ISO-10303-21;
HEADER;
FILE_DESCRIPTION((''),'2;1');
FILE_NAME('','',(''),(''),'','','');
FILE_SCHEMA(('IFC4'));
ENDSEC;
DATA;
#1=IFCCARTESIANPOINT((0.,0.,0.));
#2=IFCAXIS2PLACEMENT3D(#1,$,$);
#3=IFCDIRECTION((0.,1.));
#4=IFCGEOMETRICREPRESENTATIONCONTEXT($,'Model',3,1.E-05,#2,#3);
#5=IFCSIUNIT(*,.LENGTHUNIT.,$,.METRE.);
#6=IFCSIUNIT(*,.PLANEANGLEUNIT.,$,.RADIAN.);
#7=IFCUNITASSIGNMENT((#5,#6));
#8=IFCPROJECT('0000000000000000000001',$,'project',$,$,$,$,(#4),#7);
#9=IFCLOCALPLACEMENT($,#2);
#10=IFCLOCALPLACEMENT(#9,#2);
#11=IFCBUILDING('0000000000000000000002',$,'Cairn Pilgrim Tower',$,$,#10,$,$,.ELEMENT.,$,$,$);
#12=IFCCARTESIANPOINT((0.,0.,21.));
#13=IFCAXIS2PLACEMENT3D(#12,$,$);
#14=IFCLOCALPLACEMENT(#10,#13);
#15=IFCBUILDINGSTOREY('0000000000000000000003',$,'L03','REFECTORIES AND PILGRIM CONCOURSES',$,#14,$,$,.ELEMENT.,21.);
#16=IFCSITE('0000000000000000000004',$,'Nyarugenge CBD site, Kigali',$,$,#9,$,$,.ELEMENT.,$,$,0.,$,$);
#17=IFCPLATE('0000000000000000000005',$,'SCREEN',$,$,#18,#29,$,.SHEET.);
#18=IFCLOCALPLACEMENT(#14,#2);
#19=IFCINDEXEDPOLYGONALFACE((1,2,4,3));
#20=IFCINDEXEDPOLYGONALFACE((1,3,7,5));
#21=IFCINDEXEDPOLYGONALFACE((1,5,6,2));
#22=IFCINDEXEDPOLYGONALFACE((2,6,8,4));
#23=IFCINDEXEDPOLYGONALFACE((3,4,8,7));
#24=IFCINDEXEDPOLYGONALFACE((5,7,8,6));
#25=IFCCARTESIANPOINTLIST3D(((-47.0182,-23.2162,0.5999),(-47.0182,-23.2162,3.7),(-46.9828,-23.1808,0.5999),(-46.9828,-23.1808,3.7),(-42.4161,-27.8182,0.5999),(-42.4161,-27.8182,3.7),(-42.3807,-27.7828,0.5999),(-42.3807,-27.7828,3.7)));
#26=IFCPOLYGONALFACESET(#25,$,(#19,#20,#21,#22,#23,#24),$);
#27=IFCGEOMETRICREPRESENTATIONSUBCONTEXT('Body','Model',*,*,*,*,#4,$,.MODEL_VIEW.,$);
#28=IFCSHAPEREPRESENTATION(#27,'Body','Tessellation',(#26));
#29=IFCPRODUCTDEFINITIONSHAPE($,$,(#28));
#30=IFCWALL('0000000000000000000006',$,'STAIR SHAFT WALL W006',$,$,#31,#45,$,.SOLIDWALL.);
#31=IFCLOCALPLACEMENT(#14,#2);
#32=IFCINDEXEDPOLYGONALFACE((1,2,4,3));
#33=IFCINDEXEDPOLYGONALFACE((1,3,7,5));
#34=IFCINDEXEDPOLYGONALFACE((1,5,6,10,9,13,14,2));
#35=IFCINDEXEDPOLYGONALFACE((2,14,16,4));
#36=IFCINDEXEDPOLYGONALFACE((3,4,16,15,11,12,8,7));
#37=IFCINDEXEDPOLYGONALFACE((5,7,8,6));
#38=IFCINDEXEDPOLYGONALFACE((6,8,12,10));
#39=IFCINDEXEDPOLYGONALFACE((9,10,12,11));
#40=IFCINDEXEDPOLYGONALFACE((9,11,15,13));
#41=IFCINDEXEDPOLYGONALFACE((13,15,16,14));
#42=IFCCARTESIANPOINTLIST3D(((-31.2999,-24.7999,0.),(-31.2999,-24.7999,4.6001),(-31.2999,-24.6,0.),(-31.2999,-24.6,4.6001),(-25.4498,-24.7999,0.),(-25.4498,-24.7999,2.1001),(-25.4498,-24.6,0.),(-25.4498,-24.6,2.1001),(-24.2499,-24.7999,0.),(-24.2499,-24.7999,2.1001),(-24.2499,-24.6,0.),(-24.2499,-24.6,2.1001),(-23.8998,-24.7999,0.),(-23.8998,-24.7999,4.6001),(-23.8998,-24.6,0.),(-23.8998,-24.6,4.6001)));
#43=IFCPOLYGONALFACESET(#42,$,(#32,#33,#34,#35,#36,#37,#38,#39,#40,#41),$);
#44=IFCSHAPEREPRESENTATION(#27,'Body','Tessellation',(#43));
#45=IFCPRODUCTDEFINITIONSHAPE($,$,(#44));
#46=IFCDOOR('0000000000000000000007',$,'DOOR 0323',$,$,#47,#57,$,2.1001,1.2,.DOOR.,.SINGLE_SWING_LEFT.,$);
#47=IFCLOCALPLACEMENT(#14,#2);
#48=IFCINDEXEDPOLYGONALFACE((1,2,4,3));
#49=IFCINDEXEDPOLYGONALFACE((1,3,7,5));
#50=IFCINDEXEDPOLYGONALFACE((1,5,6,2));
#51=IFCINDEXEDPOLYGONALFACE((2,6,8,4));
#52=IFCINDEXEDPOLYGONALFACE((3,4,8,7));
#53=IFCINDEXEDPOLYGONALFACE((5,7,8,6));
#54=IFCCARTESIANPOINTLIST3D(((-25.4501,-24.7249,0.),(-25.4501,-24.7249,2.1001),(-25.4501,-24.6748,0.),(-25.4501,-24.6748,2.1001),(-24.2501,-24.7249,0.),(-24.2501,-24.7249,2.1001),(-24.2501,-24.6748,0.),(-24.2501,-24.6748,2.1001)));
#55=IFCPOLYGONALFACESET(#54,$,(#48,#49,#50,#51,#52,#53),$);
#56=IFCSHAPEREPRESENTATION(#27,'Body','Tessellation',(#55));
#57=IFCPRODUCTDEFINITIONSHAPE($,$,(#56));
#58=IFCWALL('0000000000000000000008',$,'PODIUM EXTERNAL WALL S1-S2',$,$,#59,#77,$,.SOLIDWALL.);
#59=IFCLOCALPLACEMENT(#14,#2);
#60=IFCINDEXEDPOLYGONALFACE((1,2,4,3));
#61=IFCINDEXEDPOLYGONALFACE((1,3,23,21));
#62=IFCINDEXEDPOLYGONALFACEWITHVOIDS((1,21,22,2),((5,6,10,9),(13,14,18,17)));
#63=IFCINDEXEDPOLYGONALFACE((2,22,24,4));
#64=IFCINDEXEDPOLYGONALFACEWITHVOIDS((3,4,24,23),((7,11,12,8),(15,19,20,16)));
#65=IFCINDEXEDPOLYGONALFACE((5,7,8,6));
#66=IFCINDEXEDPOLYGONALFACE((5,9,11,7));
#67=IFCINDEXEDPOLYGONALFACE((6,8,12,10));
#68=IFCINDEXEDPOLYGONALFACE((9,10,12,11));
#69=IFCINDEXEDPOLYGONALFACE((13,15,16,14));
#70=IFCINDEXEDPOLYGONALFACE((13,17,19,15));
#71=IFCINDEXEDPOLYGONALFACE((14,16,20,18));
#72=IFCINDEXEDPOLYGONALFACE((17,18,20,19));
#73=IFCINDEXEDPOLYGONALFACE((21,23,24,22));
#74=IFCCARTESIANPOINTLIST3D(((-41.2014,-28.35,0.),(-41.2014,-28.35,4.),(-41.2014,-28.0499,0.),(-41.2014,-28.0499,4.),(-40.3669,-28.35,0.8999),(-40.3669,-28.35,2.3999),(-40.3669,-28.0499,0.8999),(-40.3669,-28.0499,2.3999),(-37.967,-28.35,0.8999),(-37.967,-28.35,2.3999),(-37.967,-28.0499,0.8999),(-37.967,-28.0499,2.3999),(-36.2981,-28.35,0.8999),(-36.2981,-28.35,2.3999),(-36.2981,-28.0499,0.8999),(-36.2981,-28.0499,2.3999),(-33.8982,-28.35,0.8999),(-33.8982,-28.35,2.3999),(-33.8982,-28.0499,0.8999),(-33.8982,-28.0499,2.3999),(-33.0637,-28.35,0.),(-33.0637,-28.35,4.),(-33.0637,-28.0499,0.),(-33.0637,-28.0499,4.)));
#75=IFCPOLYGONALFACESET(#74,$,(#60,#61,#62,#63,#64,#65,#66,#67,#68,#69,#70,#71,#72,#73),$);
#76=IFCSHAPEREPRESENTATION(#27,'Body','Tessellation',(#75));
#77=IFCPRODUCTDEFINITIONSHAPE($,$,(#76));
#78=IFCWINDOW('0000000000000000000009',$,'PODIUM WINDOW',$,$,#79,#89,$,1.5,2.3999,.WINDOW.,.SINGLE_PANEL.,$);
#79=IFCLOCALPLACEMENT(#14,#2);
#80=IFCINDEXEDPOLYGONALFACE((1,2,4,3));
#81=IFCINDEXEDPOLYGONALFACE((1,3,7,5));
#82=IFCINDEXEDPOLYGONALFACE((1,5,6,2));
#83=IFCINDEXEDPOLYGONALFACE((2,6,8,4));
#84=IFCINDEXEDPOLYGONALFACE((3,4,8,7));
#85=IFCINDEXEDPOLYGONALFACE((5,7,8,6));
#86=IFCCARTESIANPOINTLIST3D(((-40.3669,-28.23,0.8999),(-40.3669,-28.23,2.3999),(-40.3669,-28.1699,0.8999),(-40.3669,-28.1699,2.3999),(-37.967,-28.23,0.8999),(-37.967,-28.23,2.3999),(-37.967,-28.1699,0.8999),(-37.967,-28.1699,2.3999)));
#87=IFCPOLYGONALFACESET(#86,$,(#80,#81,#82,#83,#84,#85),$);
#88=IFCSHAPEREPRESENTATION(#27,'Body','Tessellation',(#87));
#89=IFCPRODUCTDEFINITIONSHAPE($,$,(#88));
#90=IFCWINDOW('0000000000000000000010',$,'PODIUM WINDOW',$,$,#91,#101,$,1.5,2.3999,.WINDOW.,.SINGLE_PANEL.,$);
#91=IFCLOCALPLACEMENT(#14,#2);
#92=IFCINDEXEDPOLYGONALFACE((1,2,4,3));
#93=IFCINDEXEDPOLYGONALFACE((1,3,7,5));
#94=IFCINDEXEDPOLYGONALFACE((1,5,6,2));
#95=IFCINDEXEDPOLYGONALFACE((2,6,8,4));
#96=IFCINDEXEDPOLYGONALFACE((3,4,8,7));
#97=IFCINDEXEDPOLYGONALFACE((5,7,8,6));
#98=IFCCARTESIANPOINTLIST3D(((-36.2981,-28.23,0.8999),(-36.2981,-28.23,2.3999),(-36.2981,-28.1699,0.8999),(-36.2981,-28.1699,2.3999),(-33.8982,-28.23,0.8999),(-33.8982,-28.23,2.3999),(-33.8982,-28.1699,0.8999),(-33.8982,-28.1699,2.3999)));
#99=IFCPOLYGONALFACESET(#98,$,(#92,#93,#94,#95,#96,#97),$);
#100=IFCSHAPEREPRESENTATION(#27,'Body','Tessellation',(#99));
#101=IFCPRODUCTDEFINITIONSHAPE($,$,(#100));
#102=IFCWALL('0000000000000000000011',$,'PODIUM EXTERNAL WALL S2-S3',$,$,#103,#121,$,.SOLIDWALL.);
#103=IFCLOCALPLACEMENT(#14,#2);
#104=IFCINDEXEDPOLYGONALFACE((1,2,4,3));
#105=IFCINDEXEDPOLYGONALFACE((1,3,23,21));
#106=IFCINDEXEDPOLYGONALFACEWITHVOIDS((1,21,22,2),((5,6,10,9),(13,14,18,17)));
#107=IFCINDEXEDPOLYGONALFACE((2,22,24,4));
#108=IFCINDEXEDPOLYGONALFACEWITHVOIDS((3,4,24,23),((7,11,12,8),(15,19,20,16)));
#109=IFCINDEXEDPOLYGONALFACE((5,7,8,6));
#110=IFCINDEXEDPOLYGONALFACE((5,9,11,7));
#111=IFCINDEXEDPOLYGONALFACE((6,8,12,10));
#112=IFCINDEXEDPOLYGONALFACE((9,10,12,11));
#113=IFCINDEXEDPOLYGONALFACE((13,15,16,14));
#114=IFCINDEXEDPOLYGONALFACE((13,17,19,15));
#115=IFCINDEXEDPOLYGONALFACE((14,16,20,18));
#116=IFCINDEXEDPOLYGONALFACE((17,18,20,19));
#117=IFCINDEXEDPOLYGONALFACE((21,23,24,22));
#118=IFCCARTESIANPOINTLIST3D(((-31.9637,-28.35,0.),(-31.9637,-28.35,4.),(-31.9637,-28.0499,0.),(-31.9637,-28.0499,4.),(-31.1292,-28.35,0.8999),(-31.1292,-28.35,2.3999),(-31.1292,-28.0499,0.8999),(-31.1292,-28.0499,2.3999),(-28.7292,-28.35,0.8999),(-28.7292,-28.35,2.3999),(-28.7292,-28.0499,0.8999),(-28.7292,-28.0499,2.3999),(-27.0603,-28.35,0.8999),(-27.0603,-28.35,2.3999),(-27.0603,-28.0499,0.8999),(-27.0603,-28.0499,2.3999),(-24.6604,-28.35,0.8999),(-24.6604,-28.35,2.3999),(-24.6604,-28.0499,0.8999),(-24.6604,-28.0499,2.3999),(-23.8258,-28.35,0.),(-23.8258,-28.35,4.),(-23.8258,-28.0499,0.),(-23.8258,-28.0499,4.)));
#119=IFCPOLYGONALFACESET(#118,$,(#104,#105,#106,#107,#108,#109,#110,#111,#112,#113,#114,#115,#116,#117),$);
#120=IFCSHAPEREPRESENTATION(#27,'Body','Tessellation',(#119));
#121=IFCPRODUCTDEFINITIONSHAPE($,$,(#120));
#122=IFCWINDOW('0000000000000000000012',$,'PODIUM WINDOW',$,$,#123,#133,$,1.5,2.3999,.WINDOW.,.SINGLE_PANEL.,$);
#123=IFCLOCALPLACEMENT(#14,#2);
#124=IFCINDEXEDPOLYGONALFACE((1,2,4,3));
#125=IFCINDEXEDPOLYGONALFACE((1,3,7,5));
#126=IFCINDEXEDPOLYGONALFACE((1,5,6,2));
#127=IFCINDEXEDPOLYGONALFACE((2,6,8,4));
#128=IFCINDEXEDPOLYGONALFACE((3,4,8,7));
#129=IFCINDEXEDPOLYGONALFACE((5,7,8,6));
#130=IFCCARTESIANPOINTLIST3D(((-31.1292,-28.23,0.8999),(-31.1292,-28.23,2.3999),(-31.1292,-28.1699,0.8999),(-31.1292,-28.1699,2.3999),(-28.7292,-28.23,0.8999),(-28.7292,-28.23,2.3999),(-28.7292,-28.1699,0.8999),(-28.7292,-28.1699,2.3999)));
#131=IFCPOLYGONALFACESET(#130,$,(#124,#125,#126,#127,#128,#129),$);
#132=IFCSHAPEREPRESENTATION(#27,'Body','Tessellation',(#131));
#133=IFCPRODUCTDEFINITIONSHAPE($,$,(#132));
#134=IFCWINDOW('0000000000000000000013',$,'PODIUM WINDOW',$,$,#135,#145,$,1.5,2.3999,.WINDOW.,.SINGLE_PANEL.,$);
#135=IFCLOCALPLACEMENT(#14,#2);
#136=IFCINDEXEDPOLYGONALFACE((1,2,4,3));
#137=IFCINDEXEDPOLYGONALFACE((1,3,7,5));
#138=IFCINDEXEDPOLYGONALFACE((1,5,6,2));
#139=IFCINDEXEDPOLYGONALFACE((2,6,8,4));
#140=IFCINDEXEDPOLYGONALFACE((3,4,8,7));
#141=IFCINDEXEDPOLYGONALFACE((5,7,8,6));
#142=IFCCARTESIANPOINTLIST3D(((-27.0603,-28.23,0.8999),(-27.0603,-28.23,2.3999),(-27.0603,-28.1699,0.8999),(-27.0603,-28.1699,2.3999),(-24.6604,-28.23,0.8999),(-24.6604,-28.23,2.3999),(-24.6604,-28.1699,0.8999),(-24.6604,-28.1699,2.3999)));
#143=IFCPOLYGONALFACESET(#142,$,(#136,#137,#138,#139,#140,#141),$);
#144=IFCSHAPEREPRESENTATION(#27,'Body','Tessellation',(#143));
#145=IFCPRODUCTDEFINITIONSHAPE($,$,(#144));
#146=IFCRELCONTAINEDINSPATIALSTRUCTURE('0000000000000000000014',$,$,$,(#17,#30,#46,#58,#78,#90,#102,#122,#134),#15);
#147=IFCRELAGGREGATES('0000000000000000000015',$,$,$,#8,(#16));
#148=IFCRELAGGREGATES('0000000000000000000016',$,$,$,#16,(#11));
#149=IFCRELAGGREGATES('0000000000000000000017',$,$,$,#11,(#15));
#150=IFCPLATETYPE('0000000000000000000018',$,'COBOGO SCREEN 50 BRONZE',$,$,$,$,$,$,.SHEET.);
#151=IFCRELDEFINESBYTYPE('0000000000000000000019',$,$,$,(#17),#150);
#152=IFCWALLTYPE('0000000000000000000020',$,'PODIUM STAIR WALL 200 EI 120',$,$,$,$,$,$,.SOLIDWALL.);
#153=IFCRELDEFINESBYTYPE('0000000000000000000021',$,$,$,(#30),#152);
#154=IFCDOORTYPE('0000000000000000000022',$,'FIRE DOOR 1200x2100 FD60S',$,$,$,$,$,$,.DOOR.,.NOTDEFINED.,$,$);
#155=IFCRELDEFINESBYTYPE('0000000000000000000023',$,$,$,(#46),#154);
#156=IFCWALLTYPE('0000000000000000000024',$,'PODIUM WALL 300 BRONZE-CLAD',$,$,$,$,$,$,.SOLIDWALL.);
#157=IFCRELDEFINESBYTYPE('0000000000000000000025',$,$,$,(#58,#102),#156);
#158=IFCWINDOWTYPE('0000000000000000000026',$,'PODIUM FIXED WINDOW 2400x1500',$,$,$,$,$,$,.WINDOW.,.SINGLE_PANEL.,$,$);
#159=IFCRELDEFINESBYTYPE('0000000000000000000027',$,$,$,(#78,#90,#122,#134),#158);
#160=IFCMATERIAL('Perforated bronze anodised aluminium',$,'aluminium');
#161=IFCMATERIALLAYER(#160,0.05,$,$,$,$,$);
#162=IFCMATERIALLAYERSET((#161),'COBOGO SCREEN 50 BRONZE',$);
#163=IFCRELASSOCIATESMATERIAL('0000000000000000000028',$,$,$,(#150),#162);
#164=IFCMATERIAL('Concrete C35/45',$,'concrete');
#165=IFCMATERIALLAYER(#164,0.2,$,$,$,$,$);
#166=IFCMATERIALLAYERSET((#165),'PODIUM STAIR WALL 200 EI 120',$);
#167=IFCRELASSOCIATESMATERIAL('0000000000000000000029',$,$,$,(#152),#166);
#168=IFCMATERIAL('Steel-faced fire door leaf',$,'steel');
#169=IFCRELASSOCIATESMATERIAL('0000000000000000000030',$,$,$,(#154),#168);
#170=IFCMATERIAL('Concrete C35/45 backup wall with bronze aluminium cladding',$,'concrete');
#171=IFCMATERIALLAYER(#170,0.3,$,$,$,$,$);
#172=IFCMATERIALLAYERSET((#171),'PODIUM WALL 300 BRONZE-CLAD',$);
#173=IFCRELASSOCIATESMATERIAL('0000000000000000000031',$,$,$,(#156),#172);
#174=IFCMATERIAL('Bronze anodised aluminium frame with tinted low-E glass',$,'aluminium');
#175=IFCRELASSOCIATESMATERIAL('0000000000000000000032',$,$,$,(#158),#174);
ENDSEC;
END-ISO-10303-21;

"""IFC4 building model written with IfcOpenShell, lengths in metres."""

from ifc_helpers import new_model, si_unit, direction, frame, frame_2d, origin, origin_2d, place, context, subcontext, project, spatial, rectangle, extrude, material, layer, layer_set, type_object, element, fill, save


model = new_model("IFC4")

# Units and contexts
model_context = context("Model", 3, precision=1e-05, world=origin(), true_north=direction((0.0, 1.0)))
body_context = subcontext(model_context, "Body", "Model", "MODEL_VIEW")
ifc_project = project(units=[si_unit("LENGTHUNIT", "METRE"), si_unit("PLANEANGLEUNIT", "RADIAN")], contexts=[model_context])

# Site, building, storey
site_placement = place(None, origin())
site = spatial("IfcSite", under=ifc_project, at=site_placement, Name="Nyarugenge CBD site, Kigali", CompositionType="ELEMENT", RefElevation=0.0)
building_placement = place(site_placement, origin())
building = spatial("IfcBuilding", under=site, at=building_placement, Name="Cairn Pilgrim Tower", CompositionType="ELEMENT")
storey_placement = place(building_placement, frame((0.0, 0.0, 21.0)))
storey = spatial("IfcBuildingStorey", under=building, at=storey_placement, Name="L03", Description="REFECTORIES AND PILGRIM CONCOURSES", CompositionType="ELEMENT", Elevation=21.0)

# Plate
ifc_material_1 = material(Name="Perforated bronze anodised aluminium", Category="aluminium")
ifc_layer_1 = layer(ifc_material_1, 0.05)
ifc_layer_set_1 = layer_set([ifc_layer_1], Name="COBOGO SCREEN 50 BRONZE")
plate_type_1 = type_object("IfcPlateType", Name="COBOGO SCREEN 50 BRONZE", PredefinedType="SHEET", material=ifc_layer_set_1)
plate_1_placement = place(storey_placement, frame((-44.6995, -25.4995, 0.5999), z_axis=(0.0, 0.0, 1.0), x_axis=(0.707107, -0.707107, 0.0)))
element("IfcPlate", 1, at=plate_1_placement, inside=storey, type_object=plate_type_1, Name="SCREEN", PredefinedType="SHEET", context=body_context, shape_type="SweptSolid", body=[
    extrude(rectangle(XDim=6.5083, YDim=0.05, at=origin_2d()), origin(), (0.0, 0.0, 1.0), 3.1001),
])

# Wall, opening, door
ifc_material_2 = material(Name="Concrete C35/45", Category="concrete")
ifc_layer_2 = layer(ifc_material_2, 0.2)
ifc_layer_set_2 = layer_set([ifc_layer_2], Name="PODIUM STAIR WALL 200 EI 120")
wall_type_1 = type_object("IfcWallType", Name="PODIUM STAIR WALL 200 EI 120", PredefinedType="SOLIDWALL", material=ifc_layer_set_2)
wall_1_placement = place(storey_placement, frame((-31.3, -24.7, 0.0), z_axis=(0.0, 0.0, 1.0), x_axis=(1.0, 0.0, 0.0)))
wall_1 = element("IfcWall", 2, at=wall_1_placement, inside=storey, type_object=wall_type_1, Name="STAIR SHAFT WALL W006", PredefinedType="SOLIDWALL", context=body_context, shape_type="SweptSolid", body=[
    extrude(rectangle(XDim=7.4001, YDim=0.2, at=frame_2d((3.7002, 0.0))), origin(), (0.0, 0.0, 1.0), 4.6001),
])
opening_1_placement = place(wall_1_placement, frame((5.8501, 0.0, 0.0)))
opening_1 = element("IfcOpeningElement", 3, at=opening_1_placement, cuts=wall_1, PredefinedType="OPENING", context=body_context, shape_type="SweptSolid", body=[
    extrude(rectangle(XDim=1.2, YDim=2.1001, at=frame_2d((0.6001, 1.05))), frame((0.0, 0.1099, 0.0), z_axis=(0.0, -1.0, 0.0), x_axis=(1.0, 0.0, 0.0)), (0.0, 0.0, 1.0), 0.22),
])
ifc_material_3 = material(Name="Steel-faced fire door leaf", Category="steel")
door_type = type_object("IfcDoorType", Name="FIRE DOOR 1200x2100 FD60S", OperationType="NOTDEFINED", PredefinedType="DOOR", material=ifc_material_3)
door_placement = place(opening_1_placement, frame((1.2, 0.0, 0.0), z_axis=(0.0, 0.0, 1.0), x_axis=(-1.0, 0.0, 0.0)))
door = element("IfcDoor", 4, at=door_placement, inside=storey, type_object=door_type, Name="DOOR 0323", OperationType="SINGLE_SWING_LEFT", OverallHeight=2.1001, OverallWidth=1.2, PredefinedType="DOOR", context=body_context, shape_type="SweptSolid", body=[
    extrude(rectangle(XDim=1.2, YDim=2.1001, at=frame_2d((0.6001, 1.05))), frame((0.0, 0.0249, 0.0), z_axis=(0.0, -1.0, 0.0), x_axis=(1.0, 0.0, 0.0)), (0.0, 0.0, 1.0), 0.05),
])
fill(opening_1, door)

# Walls, openings, windows
ifc_material_4 = material(Name="Concrete C35/45 backup wall with bronze aluminium cladding", Category="concrete")
ifc_layer_3 = layer(ifc_material_4, 0.3)
ifc_layer_set_3 = layer_set([ifc_layer_3], Name="PODIUM WALL 300 BRONZE-CLAD")
wall_type_2 = type_object("IfcWallType", Name="PODIUM WALL 300 BRONZE-CLAD", PredefinedType="SOLIDWALL", material=ifc_layer_set_3)
wall_2_placement = place(storey_placement, frame((-41.2014, -28.2, 0.0), z_axis=(0.0, 0.0, 1.0), x_axis=(1.0, 0.0, 0.0)))
wall_2 = element("IfcWall", 5, at=wall_2_placement, inside=storey, type_object=wall_type_2, Name="PODIUM EXTERNAL WALL S1-S2", PredefinedType="SOLIDWALL", context=body_context, shape_type="SweptSolid", body=[
    extrude(rectangle(XDim=8.1377, YDim=0.3, at=frame_2d((4.0688, 0.0))), origin(), (0.0, 0.0, 1.0), 4.0),
])
opening_2_placement = place(wall_2_placement, frame((0.8345, 0.0, 0.8999)))
opening_2 = element("IfcOpeningElement", 6, at=opening_2_placement, cuts=wall_2, PredefinedType="OPENING", context=body_context, shape_type="SweptSolid", body=[
    extrude(rectangle(XDim=2.3999, YDim=1.5, at=frame_2d((1.2, 0.75))), frame((0.0, 0.1602, 0.0), z_axis=(0.0, -1.0, 0.0), x_axis=(1.0, 0.0, 0.0)), (0.0, 0.0, 1.0), 0.3201),
])
opening_3_placement = place(wall_2_placement, frame((4.9033, 0.0, 0.8999)))
opening_3 = element("IfcOpeningElement", 7, at=opening_3_placement, cuts=wall_2, PredefinedType="OPENING", context=body_context, shape_type="SweptSolid", body=[
    extrude(rectangle(XDim=2.3999, YDim=1.5, at=frame_2d((1.2, 0.75))), frame((0.0, 0.1602, 0.0), z_axis=(0.0, -1.0, 0.0), x_axis=(1.0, 0.0, 0.0)), (0.0, 0.0, 1.0), 0.3201),
])
ifc_material_5 = material(Name="Bronze anodised aluminium frame with tinted low-E glass", Category="aluminium")
window_type = type_object("IfcWindowType", Name="PODIUM FIXED WINDOW 2400x1500", PartitioningType="SINGLE_PANEL", PredefinedType="WINDOW", material=ifc_material_5)
window_1_placement = place(opening_2_placement, origin())
window_1 = element("IfcWindow", 8, at=window_1_placement, inside=storey, type_object=window_type, Name="PODIUM WINDOW", OverallHeight=1.5, OverallWidth=2.3999, PartitioningType="SINGLE_PANEL", PredefinedType="WINDOW", context=body_context, shape_type="SweptSolid", body=[
    extrude(rectangle(XDim=2.3999, YDim=1.5, at=frame_2d((1.2, 0.75))), frame((0.0, 0.03, 0.0), z_axis=(0.0, -1.0, 0.0), x_axis=(1.0, 0.0, 0.0)), (0.0, 0.0, 1.0), 0.0601),
])
fill(opening_2, window_1)
window_2_placement = place(opening_3_placement, origin())
window_2 = element("IfcWindow", 9, at=window_2_placement, inside=storey, type_object=window_type, Name="PODIUM WINDOW", OverallHeight=1.5, OverallWidth=2.3999, PartitioningType="SINGLE_PANEL", PredefinedType="WINDOW", context=body_context, shape_type="SweptSolid", body=[
    extrude(rectangle(XDim=2.3999, YDim=1.5, at=frame_2d((1.2, 0.75))), frame((0.0, 0.03, 0.0), z_axis=(0.0, -1.0, 0.0), x_axis=(1.0, 0.0, 0.0)), (0.0, 0.0, 1.0), 0.0601),
])
fill(opening_3, window_2)
wall_3_placement = place(storey_placement, frame((-31.9636, -28.2, 0.0), z_axis=(0.0, 0.0, 1.0), x_axis=(1.0, 0.0, 0.0)))
wall_3 = element("IfcWall", 10, at=wall_3_placement, inside=storey, type_object=wall_type_2, Name="PODIUM EXTERNAL WALL S2-S3", PredefinedType="SOLIDWALL", context=body_context, shape_type="SweptSolid", body=[
    extrude(rectangle(XDim=8.1379, YDim=0.3, at=frame_2d((4.0688, 0.0))), origin(), (0.0, 0.0, 1.0), 4.0),
])
opening_4_placement = place(wall_3_placement, frame((0.8345, 0.0, 0.8999)))
opening_4 = element("IfcOpeningElement", 11, at=opening_4_placement, cuts=wall_3, PredefinedType="OPENING", context=body_context, shape_type="SweptSolid", body=[
    extrude(rectangle(XDim=2.3999, YDim=1.5, at=frame_2d((1.2, 0.75))), frame((0.0, 0.1602, 0.0), z_axis=(0.0, -1.0, 0.0), x_axis=(1.0, 0.0, 0.0)), (0.0, 0.0, 1.0), 0.3201),
])
opening_5_placement = place(wall_3_placement, frame((4.9033, 0.0, 0.8999)))
opening_5 = element("IfcOpeningElement", 12, at=opening_5_placement, cuts=wall_3, PredefinedType="OPENING", context=body_context, shape_type="SweptSolid", body=[
    extrude(rectangle(XDim=2.3999, YDim=1.5, at=frame_2d((1.2, 0.75))), frame((0.0, 0.1602, 0.0), z_axis=(0.0, -1.0, 0.0), x_axis=(1.0, 0.0, 0.0)), (0.0, 0.0, 1.0), 0.3201),
])
window_3_placement = place(opening_4_placement, origin())
window_3 = element("IfcWindow", 13, at=window_3_placement, inside=storey, type_object=window_type, Name="PODIUM WINDOW", OverallHeight=1.5, OverallWidth=2.3999, PartitioningType="SINGLE_PANEL", PredefinedType="WINDOW", context=body_context, shape_type="SweptSolid", body=[
    extrude(rectangle(XDim=2.3999, YDim=1.5, at=frame_2d((1.2, 0.75))), frame((0.0, 0.03, 0.0), z_axis=(0.0, -1.0, 0.0), x_axis=(1.0, 0.0, 0.0)), (0.0, 0.0, 1.0), 0.0601),
])
fill(opening_4, window_3)
window_4_placement = place(opening_5_placement, origin())
window_4 = element("IfcWindow", 14, at=window_4_placement, inside=storey, type_object=window_type, Name="PODIUM WINDOW", OverallHeight=1.5, OverallWidth=2.3999, PartitioningType="SINGLE_PANEL", PredefinedType="WINDOW", context=body_context, shape_type="SweptSolid", body=[
    extrude(rectangle(XDim=2.3999, YDim=1.5, at=frame_2d((1.2, 0.75))), frame((0.0, 0.03, 0.0), z_axis=(0.0, -1.0, 0.0), x_axis=(1.0, 0.0, 0.0)), (0.0, 0.0, 1.0), 0.0601),
])
fill(opening_5, window_4)

save(model, "model.ifc")
